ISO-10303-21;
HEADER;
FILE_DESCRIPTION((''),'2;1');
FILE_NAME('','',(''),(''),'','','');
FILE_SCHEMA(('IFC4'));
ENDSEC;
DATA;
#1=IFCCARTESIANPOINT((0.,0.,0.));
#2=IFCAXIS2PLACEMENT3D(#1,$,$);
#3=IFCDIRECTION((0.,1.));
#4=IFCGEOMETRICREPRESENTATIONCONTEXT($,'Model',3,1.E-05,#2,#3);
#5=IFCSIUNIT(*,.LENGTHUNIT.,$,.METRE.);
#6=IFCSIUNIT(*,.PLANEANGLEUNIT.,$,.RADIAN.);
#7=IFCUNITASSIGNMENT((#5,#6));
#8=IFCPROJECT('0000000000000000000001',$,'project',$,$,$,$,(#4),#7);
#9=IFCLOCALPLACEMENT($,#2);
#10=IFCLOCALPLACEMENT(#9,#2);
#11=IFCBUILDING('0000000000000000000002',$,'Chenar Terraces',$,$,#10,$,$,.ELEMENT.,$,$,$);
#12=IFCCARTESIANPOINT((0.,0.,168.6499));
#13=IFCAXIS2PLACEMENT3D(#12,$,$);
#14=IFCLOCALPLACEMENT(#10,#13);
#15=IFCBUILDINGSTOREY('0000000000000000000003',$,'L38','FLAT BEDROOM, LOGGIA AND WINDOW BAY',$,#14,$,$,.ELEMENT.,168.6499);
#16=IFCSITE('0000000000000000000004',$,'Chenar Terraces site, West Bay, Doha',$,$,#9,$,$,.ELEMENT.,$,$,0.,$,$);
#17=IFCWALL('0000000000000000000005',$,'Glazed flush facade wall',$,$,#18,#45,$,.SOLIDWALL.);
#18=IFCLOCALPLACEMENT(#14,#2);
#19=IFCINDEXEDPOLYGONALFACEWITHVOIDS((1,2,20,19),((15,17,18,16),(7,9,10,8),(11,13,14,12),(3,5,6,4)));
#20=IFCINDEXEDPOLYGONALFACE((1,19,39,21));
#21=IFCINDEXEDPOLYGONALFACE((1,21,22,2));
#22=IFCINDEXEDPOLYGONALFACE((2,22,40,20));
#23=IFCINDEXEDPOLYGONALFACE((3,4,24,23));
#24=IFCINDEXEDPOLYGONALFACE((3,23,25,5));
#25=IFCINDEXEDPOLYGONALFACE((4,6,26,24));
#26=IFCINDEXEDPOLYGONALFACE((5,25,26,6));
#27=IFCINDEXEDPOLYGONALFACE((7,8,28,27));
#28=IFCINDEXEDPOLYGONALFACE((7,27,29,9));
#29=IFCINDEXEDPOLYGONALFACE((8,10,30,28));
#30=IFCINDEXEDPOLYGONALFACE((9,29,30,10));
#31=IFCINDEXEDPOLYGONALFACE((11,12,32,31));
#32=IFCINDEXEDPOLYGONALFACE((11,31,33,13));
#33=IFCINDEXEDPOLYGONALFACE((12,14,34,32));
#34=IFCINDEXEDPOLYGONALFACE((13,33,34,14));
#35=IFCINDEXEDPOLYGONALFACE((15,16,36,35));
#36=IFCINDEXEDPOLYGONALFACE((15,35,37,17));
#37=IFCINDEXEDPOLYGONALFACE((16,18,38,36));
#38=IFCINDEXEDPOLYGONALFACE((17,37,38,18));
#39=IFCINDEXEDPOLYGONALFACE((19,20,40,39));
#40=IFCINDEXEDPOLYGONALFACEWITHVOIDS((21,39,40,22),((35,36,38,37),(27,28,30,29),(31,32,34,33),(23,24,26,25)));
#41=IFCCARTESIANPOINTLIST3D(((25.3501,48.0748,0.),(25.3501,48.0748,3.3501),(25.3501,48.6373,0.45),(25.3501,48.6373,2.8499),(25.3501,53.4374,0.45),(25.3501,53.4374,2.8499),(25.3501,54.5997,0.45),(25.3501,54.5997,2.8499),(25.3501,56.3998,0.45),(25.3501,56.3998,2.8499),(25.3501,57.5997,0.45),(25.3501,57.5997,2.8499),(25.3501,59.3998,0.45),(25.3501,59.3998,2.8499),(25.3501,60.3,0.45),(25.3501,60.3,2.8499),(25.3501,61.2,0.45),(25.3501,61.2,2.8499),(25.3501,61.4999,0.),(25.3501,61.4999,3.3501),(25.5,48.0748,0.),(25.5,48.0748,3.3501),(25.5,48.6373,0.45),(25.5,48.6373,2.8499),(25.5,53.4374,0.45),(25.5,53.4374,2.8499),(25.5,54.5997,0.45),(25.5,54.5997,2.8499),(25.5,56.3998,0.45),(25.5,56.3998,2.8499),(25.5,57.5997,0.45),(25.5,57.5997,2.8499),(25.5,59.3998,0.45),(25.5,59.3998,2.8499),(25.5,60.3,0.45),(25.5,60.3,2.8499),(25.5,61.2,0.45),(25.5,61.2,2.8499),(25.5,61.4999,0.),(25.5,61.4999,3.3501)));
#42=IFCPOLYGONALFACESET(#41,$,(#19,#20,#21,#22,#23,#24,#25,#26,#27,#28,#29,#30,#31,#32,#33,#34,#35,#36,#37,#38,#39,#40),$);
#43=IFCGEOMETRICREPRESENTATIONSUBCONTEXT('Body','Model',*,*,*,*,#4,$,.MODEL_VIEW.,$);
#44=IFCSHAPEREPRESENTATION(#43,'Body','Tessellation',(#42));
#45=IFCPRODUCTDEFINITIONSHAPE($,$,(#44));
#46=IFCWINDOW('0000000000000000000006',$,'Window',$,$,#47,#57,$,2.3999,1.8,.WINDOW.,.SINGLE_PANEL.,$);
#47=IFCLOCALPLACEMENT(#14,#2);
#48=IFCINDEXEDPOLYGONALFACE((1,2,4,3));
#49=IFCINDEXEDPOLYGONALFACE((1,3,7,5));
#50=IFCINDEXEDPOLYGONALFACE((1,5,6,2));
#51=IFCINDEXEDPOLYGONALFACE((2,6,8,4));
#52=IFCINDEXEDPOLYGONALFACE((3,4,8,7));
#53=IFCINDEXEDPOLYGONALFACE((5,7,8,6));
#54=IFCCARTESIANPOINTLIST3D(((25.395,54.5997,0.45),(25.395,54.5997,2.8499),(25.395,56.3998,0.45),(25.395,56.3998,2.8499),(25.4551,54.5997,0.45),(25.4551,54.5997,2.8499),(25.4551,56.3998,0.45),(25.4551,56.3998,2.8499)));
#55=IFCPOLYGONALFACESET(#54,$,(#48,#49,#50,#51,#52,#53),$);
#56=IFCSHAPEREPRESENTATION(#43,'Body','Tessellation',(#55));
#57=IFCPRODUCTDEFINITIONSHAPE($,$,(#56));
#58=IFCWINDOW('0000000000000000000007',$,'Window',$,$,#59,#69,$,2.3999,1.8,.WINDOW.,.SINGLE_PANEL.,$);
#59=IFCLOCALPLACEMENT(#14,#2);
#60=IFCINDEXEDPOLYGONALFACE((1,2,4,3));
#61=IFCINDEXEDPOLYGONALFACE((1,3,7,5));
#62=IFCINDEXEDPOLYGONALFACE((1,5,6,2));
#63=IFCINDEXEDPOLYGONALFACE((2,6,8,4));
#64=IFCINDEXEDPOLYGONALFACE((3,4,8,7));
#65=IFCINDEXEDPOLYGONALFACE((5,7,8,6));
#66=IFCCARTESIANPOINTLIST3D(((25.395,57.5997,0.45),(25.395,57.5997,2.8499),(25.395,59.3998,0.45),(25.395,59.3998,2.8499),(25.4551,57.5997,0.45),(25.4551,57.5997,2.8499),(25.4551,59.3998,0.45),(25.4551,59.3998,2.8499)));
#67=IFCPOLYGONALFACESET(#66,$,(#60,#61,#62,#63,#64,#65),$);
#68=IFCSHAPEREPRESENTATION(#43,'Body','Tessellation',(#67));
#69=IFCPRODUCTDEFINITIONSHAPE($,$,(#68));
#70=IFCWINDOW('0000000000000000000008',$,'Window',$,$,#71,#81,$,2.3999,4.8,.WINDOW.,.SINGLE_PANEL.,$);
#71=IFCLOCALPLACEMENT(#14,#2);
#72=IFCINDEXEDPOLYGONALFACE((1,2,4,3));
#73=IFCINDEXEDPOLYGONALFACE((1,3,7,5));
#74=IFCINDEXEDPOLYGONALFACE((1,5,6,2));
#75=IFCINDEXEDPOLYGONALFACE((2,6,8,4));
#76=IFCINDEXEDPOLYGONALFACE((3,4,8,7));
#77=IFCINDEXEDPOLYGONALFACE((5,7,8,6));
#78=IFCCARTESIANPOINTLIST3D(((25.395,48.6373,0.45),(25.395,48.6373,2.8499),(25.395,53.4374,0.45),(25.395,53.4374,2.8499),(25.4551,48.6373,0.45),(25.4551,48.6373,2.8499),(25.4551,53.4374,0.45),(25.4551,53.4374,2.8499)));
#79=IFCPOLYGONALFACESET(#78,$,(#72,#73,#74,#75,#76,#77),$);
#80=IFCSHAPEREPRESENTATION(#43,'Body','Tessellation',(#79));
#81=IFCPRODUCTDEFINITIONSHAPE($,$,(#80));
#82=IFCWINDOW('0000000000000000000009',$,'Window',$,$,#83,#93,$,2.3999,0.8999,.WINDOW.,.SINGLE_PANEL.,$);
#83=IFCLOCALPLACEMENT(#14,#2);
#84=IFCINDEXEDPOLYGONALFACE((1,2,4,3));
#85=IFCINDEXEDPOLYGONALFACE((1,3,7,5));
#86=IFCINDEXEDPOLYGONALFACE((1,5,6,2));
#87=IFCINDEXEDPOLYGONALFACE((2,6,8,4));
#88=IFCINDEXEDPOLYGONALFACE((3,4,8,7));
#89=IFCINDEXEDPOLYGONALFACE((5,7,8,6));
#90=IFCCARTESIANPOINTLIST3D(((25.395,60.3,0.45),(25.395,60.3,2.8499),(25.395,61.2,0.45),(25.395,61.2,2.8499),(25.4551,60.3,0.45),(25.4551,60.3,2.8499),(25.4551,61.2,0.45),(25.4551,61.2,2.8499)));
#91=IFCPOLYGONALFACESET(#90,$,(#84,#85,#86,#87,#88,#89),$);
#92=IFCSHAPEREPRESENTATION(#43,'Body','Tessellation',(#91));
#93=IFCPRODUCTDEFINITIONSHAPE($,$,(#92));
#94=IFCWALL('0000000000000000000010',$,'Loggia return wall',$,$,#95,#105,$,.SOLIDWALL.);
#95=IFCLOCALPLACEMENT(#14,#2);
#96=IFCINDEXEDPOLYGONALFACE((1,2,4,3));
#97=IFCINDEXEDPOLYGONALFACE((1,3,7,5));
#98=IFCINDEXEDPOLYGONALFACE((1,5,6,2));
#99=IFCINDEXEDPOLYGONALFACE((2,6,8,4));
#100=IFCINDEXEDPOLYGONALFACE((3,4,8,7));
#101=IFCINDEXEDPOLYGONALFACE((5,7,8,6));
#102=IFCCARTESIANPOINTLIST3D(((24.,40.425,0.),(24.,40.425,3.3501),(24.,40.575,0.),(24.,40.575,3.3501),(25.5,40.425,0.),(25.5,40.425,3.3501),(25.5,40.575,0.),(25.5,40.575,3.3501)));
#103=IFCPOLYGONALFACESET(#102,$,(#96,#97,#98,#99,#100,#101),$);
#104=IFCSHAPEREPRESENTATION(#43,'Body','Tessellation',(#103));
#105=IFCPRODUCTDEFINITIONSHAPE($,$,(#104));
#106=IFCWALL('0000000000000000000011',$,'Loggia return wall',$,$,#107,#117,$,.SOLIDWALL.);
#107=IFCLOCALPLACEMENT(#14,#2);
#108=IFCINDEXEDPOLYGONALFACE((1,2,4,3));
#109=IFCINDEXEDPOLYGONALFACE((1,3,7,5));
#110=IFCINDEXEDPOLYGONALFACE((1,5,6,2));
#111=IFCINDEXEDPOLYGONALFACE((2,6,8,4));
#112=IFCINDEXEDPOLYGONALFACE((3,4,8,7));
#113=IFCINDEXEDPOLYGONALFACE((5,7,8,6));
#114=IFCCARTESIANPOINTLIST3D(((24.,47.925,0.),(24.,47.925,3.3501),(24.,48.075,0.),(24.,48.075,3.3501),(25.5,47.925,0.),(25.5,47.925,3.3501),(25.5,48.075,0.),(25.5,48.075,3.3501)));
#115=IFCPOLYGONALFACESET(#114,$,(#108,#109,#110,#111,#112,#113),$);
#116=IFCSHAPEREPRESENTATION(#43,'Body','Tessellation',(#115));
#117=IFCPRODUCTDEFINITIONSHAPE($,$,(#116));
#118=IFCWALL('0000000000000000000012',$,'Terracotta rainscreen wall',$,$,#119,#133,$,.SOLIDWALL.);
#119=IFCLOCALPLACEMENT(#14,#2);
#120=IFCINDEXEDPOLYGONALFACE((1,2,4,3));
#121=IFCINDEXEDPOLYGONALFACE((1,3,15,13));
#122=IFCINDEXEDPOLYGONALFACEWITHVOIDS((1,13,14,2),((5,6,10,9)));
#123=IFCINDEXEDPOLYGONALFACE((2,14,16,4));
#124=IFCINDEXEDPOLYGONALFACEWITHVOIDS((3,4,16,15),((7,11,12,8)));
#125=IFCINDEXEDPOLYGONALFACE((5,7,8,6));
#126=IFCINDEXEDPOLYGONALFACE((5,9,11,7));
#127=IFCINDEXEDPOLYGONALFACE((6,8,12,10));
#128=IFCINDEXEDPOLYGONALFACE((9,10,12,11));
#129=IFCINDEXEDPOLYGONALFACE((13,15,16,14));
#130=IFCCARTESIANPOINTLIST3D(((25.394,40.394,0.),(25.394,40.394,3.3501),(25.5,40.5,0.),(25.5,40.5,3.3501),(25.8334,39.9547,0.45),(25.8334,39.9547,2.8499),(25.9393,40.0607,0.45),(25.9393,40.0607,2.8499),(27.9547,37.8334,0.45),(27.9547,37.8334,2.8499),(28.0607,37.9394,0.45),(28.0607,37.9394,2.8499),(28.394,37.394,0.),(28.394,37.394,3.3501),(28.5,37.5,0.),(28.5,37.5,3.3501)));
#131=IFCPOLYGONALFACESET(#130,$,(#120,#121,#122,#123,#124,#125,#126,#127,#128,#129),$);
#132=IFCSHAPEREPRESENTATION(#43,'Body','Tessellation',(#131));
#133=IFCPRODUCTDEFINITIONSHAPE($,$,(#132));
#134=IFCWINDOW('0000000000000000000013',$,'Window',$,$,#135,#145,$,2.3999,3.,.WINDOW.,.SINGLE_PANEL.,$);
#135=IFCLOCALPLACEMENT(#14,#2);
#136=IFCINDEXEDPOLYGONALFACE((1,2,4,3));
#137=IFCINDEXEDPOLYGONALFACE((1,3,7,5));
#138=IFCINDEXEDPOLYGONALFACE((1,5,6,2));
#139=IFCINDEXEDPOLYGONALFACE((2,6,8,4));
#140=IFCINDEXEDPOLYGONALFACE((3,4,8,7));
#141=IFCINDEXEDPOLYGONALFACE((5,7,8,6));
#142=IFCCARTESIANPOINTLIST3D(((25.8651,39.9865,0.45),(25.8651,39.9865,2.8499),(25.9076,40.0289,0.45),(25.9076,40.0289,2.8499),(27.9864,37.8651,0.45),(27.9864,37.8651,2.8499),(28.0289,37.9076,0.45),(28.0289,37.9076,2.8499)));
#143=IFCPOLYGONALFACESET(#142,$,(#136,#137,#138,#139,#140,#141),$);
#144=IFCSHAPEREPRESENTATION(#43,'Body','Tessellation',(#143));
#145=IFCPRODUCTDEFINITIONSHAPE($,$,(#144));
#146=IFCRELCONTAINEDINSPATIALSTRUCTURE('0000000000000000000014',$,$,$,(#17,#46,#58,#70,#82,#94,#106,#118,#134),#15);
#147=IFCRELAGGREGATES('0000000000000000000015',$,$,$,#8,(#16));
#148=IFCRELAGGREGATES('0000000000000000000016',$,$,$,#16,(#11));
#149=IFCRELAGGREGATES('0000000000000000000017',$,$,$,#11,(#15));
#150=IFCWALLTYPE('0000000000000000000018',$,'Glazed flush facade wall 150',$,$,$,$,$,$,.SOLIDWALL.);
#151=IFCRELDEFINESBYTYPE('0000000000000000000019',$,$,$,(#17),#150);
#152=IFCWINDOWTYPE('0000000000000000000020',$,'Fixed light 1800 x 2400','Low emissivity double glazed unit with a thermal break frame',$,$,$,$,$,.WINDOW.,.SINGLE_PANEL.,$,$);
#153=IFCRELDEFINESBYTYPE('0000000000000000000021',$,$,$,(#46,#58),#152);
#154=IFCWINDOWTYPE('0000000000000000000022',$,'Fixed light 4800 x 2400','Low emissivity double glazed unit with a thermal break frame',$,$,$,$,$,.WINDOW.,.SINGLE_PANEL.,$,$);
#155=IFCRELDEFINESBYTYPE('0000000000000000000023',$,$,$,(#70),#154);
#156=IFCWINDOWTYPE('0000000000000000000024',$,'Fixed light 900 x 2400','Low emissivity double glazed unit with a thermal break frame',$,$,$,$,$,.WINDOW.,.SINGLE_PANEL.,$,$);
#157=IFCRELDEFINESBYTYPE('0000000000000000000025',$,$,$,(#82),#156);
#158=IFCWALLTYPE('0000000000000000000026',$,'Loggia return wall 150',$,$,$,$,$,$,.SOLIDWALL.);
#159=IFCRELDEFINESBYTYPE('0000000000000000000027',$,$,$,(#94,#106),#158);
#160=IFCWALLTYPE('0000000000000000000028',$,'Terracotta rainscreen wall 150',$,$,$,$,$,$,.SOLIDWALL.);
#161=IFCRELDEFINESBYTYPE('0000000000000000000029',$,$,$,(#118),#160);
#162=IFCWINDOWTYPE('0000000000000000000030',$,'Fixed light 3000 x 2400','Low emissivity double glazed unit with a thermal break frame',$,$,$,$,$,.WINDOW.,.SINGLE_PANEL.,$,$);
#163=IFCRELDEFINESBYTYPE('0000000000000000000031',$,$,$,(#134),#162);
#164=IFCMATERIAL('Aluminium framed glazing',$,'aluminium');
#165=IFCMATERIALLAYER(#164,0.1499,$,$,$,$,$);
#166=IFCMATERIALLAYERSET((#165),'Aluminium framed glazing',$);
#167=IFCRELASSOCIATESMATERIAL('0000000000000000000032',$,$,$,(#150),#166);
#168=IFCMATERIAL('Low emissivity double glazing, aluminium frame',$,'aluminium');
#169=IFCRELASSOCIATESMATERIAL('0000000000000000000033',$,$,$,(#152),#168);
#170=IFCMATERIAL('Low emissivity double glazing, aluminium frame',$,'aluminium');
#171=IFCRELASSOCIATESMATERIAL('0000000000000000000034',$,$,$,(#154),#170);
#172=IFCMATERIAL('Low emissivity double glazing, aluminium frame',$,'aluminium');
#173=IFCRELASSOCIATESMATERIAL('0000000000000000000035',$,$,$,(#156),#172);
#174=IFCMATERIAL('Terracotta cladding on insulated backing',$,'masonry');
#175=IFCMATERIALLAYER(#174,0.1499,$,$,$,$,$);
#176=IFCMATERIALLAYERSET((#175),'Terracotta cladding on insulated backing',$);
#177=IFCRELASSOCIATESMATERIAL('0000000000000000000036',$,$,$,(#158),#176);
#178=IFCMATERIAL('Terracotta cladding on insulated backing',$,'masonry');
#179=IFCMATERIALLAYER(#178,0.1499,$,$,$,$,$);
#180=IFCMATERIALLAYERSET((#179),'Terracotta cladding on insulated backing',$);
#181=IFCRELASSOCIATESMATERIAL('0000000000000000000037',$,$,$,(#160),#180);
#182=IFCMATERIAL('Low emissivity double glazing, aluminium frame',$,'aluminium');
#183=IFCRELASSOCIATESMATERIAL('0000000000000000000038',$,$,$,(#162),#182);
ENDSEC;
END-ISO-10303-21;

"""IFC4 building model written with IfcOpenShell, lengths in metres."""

from ifc_helpers import new_model, si_unit, direction, frame, frame_2d, origin, place, context, subcontext, project, spatial, rectangle, extrude, material, layer, layer_set, type_object, element, fill, save


model = new_model("IFC4")

# Units and contexts
model_context = context("Model", 3, precision=1e-05, world=origin(), true_north=direction((0.0, 1.0)))
body_context = subcontext(model_context, "Body", "Model", "MODEL_VIEW")
ifc_project = project(units=[si_unit("LENGTHUNIT", "METRE"), si_unit("PLANEANGLEUNIT", "RADIAN")], contexts=[model_context])

# Site, building, storey
site_placement = place(None, origin())
site = spatial("IfcSite", under=ifc_project, at=site_placement, Name="Chenar Terraces site, West Bay, Doha", CompositionType="ELEMENT", RefElevation=0.0)
building_placement = place(site_placement, origin())
building = spatial("IfcBuilding", under=site, at=building_placement, Name="Chenar Terraces", CompositionType="ELEMENT")
storey_placement = place(building_placement, frame((0.0, 0.0, 168.6499)))
storey = spatial("IfcBuildingStorey", under=building, at=storey_placement, Name="L38", Description="FLAT BEDROOM, LOGGIA AND WINDOW BAY", CompositionType="ELEMENT", Elevation=168.6499)

# Wall, openings, windows
ifc_material_1 = material(Name="Aluminium framed glazing", Category="aluminium")
ifc_layer_1 = layer(ifc_material_1, 0.1499)
ifc_layer_set_1 = layer_set([ifc_layer_1], Name="Aluminium framed glazing")
wall_type_1 = type_object("IfcWallType", Name="Glazed flush facade wall 150", PredefinedType="SOLIDWALL", material=ifc_layer_set_1)
wall_1_placement = place(storey_placement, frame((25.425, 48.075, 0.0), z_axis=(0.0, 0.0, 1.0), x_axis=(0.0, 1.0, 0.0)))
wall_1 = element("IfcWall", 1, at=wall_1_placement, inside=storey, type_object=wall_type_1, Name="Glazed flush facade wall", PredefinedType="SOLIDWALL", context=body_context, shape_type="SweptSolid", body=[
    extrude(rectangle(XDim=13.425, YDim=0.1499, at=frame_2d((6.7124, 0.0))), origin(), (0.0, 0.0, 1.0), 3.3501),
])
opening_1_placement = place(wall_1_placement, frame((0.5625, 0.0, 0.45)))
opening_1 = element("IfcOpeningElement", 2, at=opening_1_placement, cuts=wall_1, PredefinedType="OPENING", context=body_context, shape_type="SweptSolid", body=[
    extrude(rectangle(XDim=4.8, YDim=2.3999, at=frame_2d((2.3999, 1.2))), frame((0.0, 0.085, 0.0), z_axis=(0.0, -1.0, 0.0), x_axis=(1.0, 0.0, 0.0)), (0.0, 0.0, 1.0), 0.1699),
])
opening_2_placement = place(wall_1_placement, frame((6.5249, 0.0, 0.45)))
opening_2 = element("IfcOpeningElement", 3, at=opening_2_placement, cuts=wall_1, PredefinedType="OPENING", context=body_context, shape_type="SweptSolid", body=[
    extrude(rectangle(XDim=1.8, YDim=2.3999, at=frame_2d((0.8999, 1.2))), frame((0.0, 0.085, 0.0), z_axis=(0.0, -1.0, 0.0), x_axis=(1.0, 0.0, 0.0)), (0.0, 0.0, 1.0), 0.1699),
])
opening_3_placement = place(wall_1_placement, frame((9.5249, 0.0, 0.45)))
opening_3 = element("IfcOpeningElement", 4, at=opening_3_placement, cuts=wall_1, PredefinedType="OPENING", context=body_context, shape_type="SweptSolid", body=[
    extrude(rectangle(XDim=1.8, YDim=2.3999, at=frame_2d((0.8999, 1.2))), frame((0.0, 0.085, 0.0), z_axis=(0.0, -1.0, 0.0), x_axis=(1.0, 0.0, 0.0)), (0.0, 0.0, 1.0), 0.1699),
])
opening_4_placement = place(wall_1_placement, frame((12.2251, 0.0, 0.45)))
opening_4 = element("IfcOpeningElement", 5, at=opening_4_placement, cuts=wall_1, PredefinedType="OPENING", context=body_context, shape_type="SweptSolid", body=[
    extrude(rectangle(XDim=0.8999, YDim=2.3999, at=frame_2d((0.45, 1.2))), frame((0.0, 0.085, 0.0), z_axis=(0.0, -1.0, 0.0), x_axis=(1.0, 0.0, 0.0)), (0.0, 0.0, 1.0), 0.1699),
])
ifc_material_2 = material(Name="Low emissivity double glazing, aluminium frame", Category="aluminium")
window_type_1 = type_object("IfcWindowType", Name="Fixed light 1800 x 2400", Description="Low emissivity double glazed unit with a thermal break frame", PartitioningType="SINGLE_PANEL", PredefinedType="WINDOW", material=ifc_material_2)
window_1_placement = place(opening_2_placement, origin())
window_1 = element("IfcWindow", 6, at=window_1_placement, inside=storey, type_object=window_type_1, Name="Window", OverallHeight=2.3999, OverallWidth=1.8, PartitioningType="SINGLE_PANEL", PredefinedType="WINDOW", context=body_context, shape_type="SweptSolid", body=[
    extrude(rectangle(XDim=1.8, YDim=2.3999, at=frame_2d((0.8999, 1.2))), frame((0.0, 0.03, 0.0), z_axis=(0.0, -1.0, 0.0), x_axis=(1.0, 0.0, 0.0)), (0.0, 0.0, 1.0), 0.0601),
])
fill(opening_2, window_1)
window_2_placement = place(opening_3_placement, origin())
window_2 = element("IfcWindow", 7, at=window_2_placement, inside=storey, type_object=window_type_1, Name="Window", OverallHeight=2.3999, OverallWidth=1.8, PartitioningType="SINGLE_PANEL", PredefinedType="WINDOW", context=body_context, shape_type="SweptSolid", body=[
    extrude(rectangle(XDim=1.8, YDim=2.3999, at=frame_2d((0.8999, 1.2))), frame((0.0, 0.03, 0.0), z_axis=(0.0, -1.0, 0.0), x_axis=(1.0, 0.0, 0.0)), (0.0, 0.0, 1.0), 0.0601),
])
fill(opening_3, window_2)
ifc_material_3 = material(Name="Low emissivity double glazing, aluminium frame", Category="aluminium")
window_type_2 = type_object("IfcWindowType", Name="Fixed light 4800 x 2400", Description="Low emissivity double glazed unit with a thermal break frame", PartitioningType="SINGLE_PANEL", PredefinedType="WINDOW", material=ifc_material_3)
window_3_placement = place(opening_1_placement, origin())
window_3 = element("IfcWindow", 8, at=window_3_placement, inside=storey, type_object=window_type_2, Name="Window", OverallHeight=2.3999, OverallWidth=4.8, PartitioningType="SINGLE_PANEL", PredefinedType="WINDOW", context=body_context, shape_type="SweptSolid", body=[
    extrude(rectangle(XDim=4.8, YDim=2.3999, at=frame_2d((2.3999, 1.2))), frame((0.0, 0.03, 0.0), z_axis=(0.0, -1.0, 0.0), x_axis=(1.0, 0.0, 0.0)), (0.0, 0.0, 1.0), 0.0601),
])
fill(opening_1, window_3)
ifc_material_4 = material(Name="Low emissivity double glazing, aluminium frame", Category="aluminium")
window_type_3 = type_object("IfcWindowType", Name="Fixed light 900 x 2400", Description="Low emissivity double glazed unit with a thermal break frame", PartitioningType="SINGLE_PANEL", PredefinedType="WINDOW", material=ifc_material_4)
window_4_placement = place(opening_4_placement, origin())
window_4 = element("IfcWindow", 9, at=window_4_placement, inside=storey, type_object=window_type_3, Name="Window", OverallHeight=2.3999, OverallWidth=0.8999, PartitioningType="SINGLE_PANEL", PredefinedType="WINDOW", context=body_context, shape_type="SweptSolid", body=[
    extrude(rectangle(XDim=0.8999, YDim=2.3999, at=frame_2d((0.45, 1.2))), frame((0.0, 0.03, 0.0), z_axis=(0.0, -1.0, 0.0), x_axis=(1.0, 0.0, 0.0)), (0.0, 0.0, 1.0), 0.0601),
])
fill(opening_4, window_4)

# Walls
ifc_material_5 = material(Name="Terracotta cladding on insulated backing", Category="masonry")
ifc_layer_2 = layer(ifc_material_5, 0.1499)
ifc_layer_set_2 = layer_set([ifc_layer_2], Name="Terracotta cladding on insulated backing")
wall_type_2 = type_object("IfcWallType", Name="Loggia return wall 150", PredefinedType="SOLIDWALL", material=ifc_layer_set_2)
for number, where, z_axis, x_axis, name in (
    (10, (25.5, 40.5, 0.0), (0.0, 0.0, 1.0), (-1.0, 0.0, 0.0), "Loggia return wall"),
    (11, (25.5, 48.0, 0.0), (0.0, 0.0, 1.0), (-1.0, 0.0, 0.0), "Loggia return wall"),
):
    element("IfcWall", number, at=place(storey_placement, frame(where, z_axis=z_axis, x_axis=x_axis)), inside=storey, type_object=wall_type_2, Name=name, PredefinedType="SOLIDWALL", context=body_context, shape_type="SweptSolid", body=[
        extrude(rectangle(XDim=1.5, YDim=0.1499, at=frame_2d((0.75, 0.0))), origin(), (0.0, 0.0, 1.0), 3.3501),
    ])

# Wall, opening, window
ifc_material_6 = material(Name="Terracotta cladding on insulated backing", Category="masonry")
ifc_layer_3 = layer(ifc_material_6, 0.1499)
ifc_layer_set_3 = layer_set([ifc_layer_3], Name="Terracotta cladding on insulated backing")
wall_type_3 = type_object("IfcWallType", Name="Terracotta rainscreen wall 150", PredefinedType="SOLIDWALL", material=ifc_layer_set_3)
wall_2_placement = place(storey_placement, frame((28.447, 37.447, 0.0), z_axis=(0.0, 0.0, 1.0), x_axis=(-0.707107, 0.707107, 0.0)))
wall_2 = element("IfcWall", 12, at=wall_2_placement, inside=storey, type_object=wall_type_3, Name="Terracotta rainscreen wall", PredefinedType="SOLIDWALL", context=body_context, shape_type="SweptSolid", body=[
    extrude(rectangle(XDim=4.2427, YDim=0.1499, at=frame_2d((2.1213, 0.0))), origin(), (0.0, 0.0, 1.0), 3.3501),
])
opening_5_placement = place(wall_2_placement, frame((0.6213, 0.0, 0.45)))
opening_5 = element("IfcOpeningElement", 13, at=opening_5_placement, cuts=wall_2, PredefinedType="OPENING", context=body_context, shape_type="SweptSolid", body=[
    extrude(rectangle(XDim=3.0, YDim=2.3999, at=frame_2d((1.5, 1.2))), frame((0.0, 0.085, 0.0), z_axis=(0.0, -1.0, 0.0), x_axis=(1.0, 0.0, 0.0)), (0.0, 0.0, 1.0), 0.1699),
])
ifc_material_7 = material(Name="Low emissivity double glazing, aluminium frame", Category="aluminium")
window_type_4 = type_object("IfcWindowType", Name="Fixed light 3000 x 2400", Description="Low emissivity double glazed unit with a thermal break frame", PartitioningType="SINGLE_PANEL", PredefinedType="WINDOW", material=ifc_material_7)
window_5_placement = place(opening_5_placement, origin())
window_5 = element("IfcWindow", 14, at=window_5_placement, inside=storey, type_object=window_type_4, Name="Window", OverallHeight=2.3999, OverallWidth=3.0, PartitioningType="SINGLE_PANEL", PredefinedType="WINDOW", context=body_context, shape_type="SweptSolid", body=[
    extrude(rectangle(XDim=3.0, YDim=2.3999, at=frame_2d((1.5, 1.2))), frame((0.0, 0.03, 0.0), z_axis=(0.0, -1.0, 0.0), x_axis=(1.0, 0.0, 0.0)), (0.0, 0.0, 1.0), 0.0601),
])
fill(opening_5, window_5)

save(model, "model.ifc")
